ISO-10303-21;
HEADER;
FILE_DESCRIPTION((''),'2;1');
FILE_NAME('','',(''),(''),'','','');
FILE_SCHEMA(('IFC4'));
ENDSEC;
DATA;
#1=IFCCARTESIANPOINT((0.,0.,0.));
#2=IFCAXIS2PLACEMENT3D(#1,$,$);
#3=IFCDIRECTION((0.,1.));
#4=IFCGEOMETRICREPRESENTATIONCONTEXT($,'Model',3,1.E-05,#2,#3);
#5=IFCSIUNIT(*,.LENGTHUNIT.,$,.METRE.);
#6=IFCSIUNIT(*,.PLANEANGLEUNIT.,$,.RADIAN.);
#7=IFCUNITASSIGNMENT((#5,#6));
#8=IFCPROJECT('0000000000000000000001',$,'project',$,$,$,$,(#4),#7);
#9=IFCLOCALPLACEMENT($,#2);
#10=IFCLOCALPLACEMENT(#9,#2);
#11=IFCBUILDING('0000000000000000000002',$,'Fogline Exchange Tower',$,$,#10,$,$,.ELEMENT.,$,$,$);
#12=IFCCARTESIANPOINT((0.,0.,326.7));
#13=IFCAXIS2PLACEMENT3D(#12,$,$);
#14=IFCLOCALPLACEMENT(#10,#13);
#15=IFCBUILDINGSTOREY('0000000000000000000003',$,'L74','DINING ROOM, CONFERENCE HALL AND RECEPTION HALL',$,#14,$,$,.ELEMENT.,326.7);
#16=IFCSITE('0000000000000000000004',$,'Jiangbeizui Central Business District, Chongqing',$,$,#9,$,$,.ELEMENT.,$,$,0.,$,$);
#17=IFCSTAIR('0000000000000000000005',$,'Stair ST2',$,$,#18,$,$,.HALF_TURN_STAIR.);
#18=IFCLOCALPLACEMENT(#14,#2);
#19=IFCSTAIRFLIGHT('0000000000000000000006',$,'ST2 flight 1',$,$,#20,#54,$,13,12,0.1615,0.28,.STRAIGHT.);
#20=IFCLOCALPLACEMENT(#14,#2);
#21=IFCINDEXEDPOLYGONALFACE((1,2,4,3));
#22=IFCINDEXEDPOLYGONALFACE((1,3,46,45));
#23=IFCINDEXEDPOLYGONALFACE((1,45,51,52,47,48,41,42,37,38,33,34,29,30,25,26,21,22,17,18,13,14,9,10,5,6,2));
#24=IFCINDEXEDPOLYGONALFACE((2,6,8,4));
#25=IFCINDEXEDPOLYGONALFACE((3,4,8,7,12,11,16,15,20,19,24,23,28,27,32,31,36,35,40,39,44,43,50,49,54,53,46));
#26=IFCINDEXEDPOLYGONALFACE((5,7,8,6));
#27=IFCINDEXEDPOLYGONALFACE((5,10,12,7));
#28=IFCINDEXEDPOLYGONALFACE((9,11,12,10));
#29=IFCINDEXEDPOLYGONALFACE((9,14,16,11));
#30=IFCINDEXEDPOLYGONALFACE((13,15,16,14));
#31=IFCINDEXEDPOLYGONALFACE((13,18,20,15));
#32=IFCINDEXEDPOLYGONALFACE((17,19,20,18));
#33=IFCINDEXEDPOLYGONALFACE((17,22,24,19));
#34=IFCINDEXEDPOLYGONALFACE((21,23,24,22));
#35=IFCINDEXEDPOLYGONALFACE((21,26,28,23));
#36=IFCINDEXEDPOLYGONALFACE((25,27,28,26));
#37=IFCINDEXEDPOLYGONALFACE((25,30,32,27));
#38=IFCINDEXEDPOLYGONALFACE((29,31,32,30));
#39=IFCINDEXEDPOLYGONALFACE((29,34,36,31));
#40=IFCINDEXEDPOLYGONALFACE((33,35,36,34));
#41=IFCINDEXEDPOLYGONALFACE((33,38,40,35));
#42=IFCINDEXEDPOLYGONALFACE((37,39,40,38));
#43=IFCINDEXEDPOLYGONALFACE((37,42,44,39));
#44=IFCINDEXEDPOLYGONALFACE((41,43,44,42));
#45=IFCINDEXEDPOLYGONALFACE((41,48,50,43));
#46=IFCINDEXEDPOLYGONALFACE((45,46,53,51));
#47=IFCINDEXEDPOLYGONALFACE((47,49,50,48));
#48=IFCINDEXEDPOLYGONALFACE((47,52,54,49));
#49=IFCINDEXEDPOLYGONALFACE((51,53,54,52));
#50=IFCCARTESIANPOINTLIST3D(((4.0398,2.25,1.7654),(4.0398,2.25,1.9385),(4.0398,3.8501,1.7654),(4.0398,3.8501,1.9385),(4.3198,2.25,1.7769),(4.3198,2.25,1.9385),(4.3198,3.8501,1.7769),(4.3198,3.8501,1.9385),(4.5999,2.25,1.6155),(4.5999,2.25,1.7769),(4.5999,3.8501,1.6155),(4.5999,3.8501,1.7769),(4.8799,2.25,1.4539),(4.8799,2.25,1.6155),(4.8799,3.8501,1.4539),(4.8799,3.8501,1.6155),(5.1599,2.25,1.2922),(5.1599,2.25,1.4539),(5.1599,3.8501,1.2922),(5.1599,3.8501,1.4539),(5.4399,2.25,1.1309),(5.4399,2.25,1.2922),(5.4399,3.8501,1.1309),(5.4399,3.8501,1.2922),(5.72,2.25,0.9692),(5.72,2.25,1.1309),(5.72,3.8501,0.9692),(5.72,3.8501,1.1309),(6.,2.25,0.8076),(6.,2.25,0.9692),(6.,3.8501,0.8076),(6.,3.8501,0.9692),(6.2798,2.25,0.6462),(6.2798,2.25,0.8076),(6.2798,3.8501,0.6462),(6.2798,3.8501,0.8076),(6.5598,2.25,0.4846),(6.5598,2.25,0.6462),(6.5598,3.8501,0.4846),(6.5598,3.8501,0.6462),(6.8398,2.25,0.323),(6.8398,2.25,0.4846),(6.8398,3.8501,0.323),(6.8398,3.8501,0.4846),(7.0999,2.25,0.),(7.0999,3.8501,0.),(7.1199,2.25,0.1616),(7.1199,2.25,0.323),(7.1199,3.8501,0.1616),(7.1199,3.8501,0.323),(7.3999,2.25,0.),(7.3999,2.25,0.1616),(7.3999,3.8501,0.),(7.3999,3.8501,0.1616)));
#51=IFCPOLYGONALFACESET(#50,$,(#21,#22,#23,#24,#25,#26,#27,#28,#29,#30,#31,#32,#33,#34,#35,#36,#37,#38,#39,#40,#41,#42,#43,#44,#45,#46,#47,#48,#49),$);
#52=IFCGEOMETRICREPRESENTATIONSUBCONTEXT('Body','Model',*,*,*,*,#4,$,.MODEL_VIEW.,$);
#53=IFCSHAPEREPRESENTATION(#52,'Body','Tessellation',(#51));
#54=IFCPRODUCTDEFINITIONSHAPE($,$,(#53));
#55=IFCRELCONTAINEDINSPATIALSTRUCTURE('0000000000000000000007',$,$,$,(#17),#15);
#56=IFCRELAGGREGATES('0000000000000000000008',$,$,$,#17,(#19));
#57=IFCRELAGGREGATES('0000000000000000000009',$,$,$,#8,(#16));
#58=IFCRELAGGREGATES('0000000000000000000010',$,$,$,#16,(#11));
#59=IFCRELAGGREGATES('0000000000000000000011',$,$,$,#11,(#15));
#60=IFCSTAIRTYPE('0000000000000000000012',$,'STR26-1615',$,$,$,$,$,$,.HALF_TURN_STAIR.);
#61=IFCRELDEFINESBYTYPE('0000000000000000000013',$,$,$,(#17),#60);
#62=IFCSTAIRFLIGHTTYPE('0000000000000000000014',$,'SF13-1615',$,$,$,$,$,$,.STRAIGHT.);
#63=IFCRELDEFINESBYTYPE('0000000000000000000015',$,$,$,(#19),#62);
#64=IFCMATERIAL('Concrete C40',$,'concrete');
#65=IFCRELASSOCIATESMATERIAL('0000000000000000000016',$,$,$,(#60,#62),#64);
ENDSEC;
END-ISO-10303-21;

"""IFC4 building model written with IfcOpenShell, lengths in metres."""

from ifc_helpers import new_model, si_unit, direction, frame, origin, place, context, subcontext, project, spatial, polyline, outline, extrude, material, type_object, element, aggregate, save


model = new_model("IFC4")

# Units and contexts
model_context = context("Model", 3, precision=1e-05, world=origin(), true_north=direction((0.0, 1.0)))
body_context = subcontext(model_context, "Body", "Model", "MODEL_VIEW")
ifc_project = project(units=[si_unit("LENGTHUNIT", "METRE"), si_unit("PLANEANGLEUNIT", "RADIAN")], contexts=[model_context])

# Site, building, storey
site_placement = place(None, origin())
site = spatial("IfcSite", under=ifc_project, at=site_placement, Name="Jiangbeizui Central Business District, Chongqing", CompositionType="ELEMENT", RefElevation=0.0)
building_placement = place(site_placement, origin())
building = spatial("IfcBuilding", under=site, at=building_placement, Name="Fogline Exchange Tower", CompositionType="ELEMENT")
storey_placement = place(building_placement, frame((0.0, 0.0, 326.7)))
storey = spatial("IfcBuildingStorey", under=building, at=storey_placement, Name="L74", Description="DINING ROOM, CONFERENCE HALL AND RECEPTION HALL", CompositionType="ELEMENT", Elevation=326.7)

# Shared definitions
ifc_material_1 = material(Name="Concrete C40", Category="concrete")

# Stair, stair flight
stair_type = type_object("IfcStairType", Name="STR26-1615", PredefinedType="HALF_TURN_STAIR", material=ifc_material_1)
stair_placement = place(storey_placement, origin())
stair = element("IfcStair", 1, at=stair_placement, inside=storey, type_object=stair_type, Name="Stair ST2", PredefinedType="HALF_TURN_STAIR")
stair_flight_type = type_object("IfcStairFlightType", Name="SF13-1615", PredefinedType="STRAIGHT", material=ifc_material_1)
stair_flight_placement = place(storey_placement, frame((7.3999, 3.05, 0.0), z_axis=(0.0, 0.0, 1.0), x_axis=(-1.0, 0.0, 0.0)))
stair_flight = element("IfcStairFlight", 2, at=stair_flight_placement, type_object=stair_flight_type, Name="ST2 flight 1", NumberOfRisers=13, NumberOfTreads=12, PredefinedType="STRAIGHT", RiserHeight=0.1615, TreadLength=0.28, context=body_context, shape_type="SweptSolid", body=[
    extrude(outline(polyline([(0.0, 0.0), (0.0, 0.1616), (0.28, 0.1616), (0.28, 0.323), (0.5601, 0.323), (0.5601, 0.4846), (0.8401, 0.4846), (0.8401, 0.6462), (1.1201, 0.6462), (1.1201, 0.8076), (1.3999, 0.8076), (1.3999, 0.9692), (1.6799, 0.9692), (1.6799, 1.1309), (1.96, 1.1309), (1.96, 1.2922), (2.24, 1.2922), (2.24, 1.4539), (2.52, 1.4539), (2.52, 1.6155), (2.8, 1.6155), (2.8, 1.7769), (3.0801, 1.7769), (3.0801, 1.9385), (3.3601, 1.9385), (3.3601, 2.1001), (3.3601, 1.7654), (0.3, 0.0), (0.0, 0.0)])), frame((0.0, 0.8, 0.0), z_axis=(0.0, -1.0, 0.0), x_axis=(1.0, 0.0, 0.0)), (0.0, 0.0, 1.0), 1.6001),
])
aggregate(stair, [stair_flight])

save(model, "model.ifc")
